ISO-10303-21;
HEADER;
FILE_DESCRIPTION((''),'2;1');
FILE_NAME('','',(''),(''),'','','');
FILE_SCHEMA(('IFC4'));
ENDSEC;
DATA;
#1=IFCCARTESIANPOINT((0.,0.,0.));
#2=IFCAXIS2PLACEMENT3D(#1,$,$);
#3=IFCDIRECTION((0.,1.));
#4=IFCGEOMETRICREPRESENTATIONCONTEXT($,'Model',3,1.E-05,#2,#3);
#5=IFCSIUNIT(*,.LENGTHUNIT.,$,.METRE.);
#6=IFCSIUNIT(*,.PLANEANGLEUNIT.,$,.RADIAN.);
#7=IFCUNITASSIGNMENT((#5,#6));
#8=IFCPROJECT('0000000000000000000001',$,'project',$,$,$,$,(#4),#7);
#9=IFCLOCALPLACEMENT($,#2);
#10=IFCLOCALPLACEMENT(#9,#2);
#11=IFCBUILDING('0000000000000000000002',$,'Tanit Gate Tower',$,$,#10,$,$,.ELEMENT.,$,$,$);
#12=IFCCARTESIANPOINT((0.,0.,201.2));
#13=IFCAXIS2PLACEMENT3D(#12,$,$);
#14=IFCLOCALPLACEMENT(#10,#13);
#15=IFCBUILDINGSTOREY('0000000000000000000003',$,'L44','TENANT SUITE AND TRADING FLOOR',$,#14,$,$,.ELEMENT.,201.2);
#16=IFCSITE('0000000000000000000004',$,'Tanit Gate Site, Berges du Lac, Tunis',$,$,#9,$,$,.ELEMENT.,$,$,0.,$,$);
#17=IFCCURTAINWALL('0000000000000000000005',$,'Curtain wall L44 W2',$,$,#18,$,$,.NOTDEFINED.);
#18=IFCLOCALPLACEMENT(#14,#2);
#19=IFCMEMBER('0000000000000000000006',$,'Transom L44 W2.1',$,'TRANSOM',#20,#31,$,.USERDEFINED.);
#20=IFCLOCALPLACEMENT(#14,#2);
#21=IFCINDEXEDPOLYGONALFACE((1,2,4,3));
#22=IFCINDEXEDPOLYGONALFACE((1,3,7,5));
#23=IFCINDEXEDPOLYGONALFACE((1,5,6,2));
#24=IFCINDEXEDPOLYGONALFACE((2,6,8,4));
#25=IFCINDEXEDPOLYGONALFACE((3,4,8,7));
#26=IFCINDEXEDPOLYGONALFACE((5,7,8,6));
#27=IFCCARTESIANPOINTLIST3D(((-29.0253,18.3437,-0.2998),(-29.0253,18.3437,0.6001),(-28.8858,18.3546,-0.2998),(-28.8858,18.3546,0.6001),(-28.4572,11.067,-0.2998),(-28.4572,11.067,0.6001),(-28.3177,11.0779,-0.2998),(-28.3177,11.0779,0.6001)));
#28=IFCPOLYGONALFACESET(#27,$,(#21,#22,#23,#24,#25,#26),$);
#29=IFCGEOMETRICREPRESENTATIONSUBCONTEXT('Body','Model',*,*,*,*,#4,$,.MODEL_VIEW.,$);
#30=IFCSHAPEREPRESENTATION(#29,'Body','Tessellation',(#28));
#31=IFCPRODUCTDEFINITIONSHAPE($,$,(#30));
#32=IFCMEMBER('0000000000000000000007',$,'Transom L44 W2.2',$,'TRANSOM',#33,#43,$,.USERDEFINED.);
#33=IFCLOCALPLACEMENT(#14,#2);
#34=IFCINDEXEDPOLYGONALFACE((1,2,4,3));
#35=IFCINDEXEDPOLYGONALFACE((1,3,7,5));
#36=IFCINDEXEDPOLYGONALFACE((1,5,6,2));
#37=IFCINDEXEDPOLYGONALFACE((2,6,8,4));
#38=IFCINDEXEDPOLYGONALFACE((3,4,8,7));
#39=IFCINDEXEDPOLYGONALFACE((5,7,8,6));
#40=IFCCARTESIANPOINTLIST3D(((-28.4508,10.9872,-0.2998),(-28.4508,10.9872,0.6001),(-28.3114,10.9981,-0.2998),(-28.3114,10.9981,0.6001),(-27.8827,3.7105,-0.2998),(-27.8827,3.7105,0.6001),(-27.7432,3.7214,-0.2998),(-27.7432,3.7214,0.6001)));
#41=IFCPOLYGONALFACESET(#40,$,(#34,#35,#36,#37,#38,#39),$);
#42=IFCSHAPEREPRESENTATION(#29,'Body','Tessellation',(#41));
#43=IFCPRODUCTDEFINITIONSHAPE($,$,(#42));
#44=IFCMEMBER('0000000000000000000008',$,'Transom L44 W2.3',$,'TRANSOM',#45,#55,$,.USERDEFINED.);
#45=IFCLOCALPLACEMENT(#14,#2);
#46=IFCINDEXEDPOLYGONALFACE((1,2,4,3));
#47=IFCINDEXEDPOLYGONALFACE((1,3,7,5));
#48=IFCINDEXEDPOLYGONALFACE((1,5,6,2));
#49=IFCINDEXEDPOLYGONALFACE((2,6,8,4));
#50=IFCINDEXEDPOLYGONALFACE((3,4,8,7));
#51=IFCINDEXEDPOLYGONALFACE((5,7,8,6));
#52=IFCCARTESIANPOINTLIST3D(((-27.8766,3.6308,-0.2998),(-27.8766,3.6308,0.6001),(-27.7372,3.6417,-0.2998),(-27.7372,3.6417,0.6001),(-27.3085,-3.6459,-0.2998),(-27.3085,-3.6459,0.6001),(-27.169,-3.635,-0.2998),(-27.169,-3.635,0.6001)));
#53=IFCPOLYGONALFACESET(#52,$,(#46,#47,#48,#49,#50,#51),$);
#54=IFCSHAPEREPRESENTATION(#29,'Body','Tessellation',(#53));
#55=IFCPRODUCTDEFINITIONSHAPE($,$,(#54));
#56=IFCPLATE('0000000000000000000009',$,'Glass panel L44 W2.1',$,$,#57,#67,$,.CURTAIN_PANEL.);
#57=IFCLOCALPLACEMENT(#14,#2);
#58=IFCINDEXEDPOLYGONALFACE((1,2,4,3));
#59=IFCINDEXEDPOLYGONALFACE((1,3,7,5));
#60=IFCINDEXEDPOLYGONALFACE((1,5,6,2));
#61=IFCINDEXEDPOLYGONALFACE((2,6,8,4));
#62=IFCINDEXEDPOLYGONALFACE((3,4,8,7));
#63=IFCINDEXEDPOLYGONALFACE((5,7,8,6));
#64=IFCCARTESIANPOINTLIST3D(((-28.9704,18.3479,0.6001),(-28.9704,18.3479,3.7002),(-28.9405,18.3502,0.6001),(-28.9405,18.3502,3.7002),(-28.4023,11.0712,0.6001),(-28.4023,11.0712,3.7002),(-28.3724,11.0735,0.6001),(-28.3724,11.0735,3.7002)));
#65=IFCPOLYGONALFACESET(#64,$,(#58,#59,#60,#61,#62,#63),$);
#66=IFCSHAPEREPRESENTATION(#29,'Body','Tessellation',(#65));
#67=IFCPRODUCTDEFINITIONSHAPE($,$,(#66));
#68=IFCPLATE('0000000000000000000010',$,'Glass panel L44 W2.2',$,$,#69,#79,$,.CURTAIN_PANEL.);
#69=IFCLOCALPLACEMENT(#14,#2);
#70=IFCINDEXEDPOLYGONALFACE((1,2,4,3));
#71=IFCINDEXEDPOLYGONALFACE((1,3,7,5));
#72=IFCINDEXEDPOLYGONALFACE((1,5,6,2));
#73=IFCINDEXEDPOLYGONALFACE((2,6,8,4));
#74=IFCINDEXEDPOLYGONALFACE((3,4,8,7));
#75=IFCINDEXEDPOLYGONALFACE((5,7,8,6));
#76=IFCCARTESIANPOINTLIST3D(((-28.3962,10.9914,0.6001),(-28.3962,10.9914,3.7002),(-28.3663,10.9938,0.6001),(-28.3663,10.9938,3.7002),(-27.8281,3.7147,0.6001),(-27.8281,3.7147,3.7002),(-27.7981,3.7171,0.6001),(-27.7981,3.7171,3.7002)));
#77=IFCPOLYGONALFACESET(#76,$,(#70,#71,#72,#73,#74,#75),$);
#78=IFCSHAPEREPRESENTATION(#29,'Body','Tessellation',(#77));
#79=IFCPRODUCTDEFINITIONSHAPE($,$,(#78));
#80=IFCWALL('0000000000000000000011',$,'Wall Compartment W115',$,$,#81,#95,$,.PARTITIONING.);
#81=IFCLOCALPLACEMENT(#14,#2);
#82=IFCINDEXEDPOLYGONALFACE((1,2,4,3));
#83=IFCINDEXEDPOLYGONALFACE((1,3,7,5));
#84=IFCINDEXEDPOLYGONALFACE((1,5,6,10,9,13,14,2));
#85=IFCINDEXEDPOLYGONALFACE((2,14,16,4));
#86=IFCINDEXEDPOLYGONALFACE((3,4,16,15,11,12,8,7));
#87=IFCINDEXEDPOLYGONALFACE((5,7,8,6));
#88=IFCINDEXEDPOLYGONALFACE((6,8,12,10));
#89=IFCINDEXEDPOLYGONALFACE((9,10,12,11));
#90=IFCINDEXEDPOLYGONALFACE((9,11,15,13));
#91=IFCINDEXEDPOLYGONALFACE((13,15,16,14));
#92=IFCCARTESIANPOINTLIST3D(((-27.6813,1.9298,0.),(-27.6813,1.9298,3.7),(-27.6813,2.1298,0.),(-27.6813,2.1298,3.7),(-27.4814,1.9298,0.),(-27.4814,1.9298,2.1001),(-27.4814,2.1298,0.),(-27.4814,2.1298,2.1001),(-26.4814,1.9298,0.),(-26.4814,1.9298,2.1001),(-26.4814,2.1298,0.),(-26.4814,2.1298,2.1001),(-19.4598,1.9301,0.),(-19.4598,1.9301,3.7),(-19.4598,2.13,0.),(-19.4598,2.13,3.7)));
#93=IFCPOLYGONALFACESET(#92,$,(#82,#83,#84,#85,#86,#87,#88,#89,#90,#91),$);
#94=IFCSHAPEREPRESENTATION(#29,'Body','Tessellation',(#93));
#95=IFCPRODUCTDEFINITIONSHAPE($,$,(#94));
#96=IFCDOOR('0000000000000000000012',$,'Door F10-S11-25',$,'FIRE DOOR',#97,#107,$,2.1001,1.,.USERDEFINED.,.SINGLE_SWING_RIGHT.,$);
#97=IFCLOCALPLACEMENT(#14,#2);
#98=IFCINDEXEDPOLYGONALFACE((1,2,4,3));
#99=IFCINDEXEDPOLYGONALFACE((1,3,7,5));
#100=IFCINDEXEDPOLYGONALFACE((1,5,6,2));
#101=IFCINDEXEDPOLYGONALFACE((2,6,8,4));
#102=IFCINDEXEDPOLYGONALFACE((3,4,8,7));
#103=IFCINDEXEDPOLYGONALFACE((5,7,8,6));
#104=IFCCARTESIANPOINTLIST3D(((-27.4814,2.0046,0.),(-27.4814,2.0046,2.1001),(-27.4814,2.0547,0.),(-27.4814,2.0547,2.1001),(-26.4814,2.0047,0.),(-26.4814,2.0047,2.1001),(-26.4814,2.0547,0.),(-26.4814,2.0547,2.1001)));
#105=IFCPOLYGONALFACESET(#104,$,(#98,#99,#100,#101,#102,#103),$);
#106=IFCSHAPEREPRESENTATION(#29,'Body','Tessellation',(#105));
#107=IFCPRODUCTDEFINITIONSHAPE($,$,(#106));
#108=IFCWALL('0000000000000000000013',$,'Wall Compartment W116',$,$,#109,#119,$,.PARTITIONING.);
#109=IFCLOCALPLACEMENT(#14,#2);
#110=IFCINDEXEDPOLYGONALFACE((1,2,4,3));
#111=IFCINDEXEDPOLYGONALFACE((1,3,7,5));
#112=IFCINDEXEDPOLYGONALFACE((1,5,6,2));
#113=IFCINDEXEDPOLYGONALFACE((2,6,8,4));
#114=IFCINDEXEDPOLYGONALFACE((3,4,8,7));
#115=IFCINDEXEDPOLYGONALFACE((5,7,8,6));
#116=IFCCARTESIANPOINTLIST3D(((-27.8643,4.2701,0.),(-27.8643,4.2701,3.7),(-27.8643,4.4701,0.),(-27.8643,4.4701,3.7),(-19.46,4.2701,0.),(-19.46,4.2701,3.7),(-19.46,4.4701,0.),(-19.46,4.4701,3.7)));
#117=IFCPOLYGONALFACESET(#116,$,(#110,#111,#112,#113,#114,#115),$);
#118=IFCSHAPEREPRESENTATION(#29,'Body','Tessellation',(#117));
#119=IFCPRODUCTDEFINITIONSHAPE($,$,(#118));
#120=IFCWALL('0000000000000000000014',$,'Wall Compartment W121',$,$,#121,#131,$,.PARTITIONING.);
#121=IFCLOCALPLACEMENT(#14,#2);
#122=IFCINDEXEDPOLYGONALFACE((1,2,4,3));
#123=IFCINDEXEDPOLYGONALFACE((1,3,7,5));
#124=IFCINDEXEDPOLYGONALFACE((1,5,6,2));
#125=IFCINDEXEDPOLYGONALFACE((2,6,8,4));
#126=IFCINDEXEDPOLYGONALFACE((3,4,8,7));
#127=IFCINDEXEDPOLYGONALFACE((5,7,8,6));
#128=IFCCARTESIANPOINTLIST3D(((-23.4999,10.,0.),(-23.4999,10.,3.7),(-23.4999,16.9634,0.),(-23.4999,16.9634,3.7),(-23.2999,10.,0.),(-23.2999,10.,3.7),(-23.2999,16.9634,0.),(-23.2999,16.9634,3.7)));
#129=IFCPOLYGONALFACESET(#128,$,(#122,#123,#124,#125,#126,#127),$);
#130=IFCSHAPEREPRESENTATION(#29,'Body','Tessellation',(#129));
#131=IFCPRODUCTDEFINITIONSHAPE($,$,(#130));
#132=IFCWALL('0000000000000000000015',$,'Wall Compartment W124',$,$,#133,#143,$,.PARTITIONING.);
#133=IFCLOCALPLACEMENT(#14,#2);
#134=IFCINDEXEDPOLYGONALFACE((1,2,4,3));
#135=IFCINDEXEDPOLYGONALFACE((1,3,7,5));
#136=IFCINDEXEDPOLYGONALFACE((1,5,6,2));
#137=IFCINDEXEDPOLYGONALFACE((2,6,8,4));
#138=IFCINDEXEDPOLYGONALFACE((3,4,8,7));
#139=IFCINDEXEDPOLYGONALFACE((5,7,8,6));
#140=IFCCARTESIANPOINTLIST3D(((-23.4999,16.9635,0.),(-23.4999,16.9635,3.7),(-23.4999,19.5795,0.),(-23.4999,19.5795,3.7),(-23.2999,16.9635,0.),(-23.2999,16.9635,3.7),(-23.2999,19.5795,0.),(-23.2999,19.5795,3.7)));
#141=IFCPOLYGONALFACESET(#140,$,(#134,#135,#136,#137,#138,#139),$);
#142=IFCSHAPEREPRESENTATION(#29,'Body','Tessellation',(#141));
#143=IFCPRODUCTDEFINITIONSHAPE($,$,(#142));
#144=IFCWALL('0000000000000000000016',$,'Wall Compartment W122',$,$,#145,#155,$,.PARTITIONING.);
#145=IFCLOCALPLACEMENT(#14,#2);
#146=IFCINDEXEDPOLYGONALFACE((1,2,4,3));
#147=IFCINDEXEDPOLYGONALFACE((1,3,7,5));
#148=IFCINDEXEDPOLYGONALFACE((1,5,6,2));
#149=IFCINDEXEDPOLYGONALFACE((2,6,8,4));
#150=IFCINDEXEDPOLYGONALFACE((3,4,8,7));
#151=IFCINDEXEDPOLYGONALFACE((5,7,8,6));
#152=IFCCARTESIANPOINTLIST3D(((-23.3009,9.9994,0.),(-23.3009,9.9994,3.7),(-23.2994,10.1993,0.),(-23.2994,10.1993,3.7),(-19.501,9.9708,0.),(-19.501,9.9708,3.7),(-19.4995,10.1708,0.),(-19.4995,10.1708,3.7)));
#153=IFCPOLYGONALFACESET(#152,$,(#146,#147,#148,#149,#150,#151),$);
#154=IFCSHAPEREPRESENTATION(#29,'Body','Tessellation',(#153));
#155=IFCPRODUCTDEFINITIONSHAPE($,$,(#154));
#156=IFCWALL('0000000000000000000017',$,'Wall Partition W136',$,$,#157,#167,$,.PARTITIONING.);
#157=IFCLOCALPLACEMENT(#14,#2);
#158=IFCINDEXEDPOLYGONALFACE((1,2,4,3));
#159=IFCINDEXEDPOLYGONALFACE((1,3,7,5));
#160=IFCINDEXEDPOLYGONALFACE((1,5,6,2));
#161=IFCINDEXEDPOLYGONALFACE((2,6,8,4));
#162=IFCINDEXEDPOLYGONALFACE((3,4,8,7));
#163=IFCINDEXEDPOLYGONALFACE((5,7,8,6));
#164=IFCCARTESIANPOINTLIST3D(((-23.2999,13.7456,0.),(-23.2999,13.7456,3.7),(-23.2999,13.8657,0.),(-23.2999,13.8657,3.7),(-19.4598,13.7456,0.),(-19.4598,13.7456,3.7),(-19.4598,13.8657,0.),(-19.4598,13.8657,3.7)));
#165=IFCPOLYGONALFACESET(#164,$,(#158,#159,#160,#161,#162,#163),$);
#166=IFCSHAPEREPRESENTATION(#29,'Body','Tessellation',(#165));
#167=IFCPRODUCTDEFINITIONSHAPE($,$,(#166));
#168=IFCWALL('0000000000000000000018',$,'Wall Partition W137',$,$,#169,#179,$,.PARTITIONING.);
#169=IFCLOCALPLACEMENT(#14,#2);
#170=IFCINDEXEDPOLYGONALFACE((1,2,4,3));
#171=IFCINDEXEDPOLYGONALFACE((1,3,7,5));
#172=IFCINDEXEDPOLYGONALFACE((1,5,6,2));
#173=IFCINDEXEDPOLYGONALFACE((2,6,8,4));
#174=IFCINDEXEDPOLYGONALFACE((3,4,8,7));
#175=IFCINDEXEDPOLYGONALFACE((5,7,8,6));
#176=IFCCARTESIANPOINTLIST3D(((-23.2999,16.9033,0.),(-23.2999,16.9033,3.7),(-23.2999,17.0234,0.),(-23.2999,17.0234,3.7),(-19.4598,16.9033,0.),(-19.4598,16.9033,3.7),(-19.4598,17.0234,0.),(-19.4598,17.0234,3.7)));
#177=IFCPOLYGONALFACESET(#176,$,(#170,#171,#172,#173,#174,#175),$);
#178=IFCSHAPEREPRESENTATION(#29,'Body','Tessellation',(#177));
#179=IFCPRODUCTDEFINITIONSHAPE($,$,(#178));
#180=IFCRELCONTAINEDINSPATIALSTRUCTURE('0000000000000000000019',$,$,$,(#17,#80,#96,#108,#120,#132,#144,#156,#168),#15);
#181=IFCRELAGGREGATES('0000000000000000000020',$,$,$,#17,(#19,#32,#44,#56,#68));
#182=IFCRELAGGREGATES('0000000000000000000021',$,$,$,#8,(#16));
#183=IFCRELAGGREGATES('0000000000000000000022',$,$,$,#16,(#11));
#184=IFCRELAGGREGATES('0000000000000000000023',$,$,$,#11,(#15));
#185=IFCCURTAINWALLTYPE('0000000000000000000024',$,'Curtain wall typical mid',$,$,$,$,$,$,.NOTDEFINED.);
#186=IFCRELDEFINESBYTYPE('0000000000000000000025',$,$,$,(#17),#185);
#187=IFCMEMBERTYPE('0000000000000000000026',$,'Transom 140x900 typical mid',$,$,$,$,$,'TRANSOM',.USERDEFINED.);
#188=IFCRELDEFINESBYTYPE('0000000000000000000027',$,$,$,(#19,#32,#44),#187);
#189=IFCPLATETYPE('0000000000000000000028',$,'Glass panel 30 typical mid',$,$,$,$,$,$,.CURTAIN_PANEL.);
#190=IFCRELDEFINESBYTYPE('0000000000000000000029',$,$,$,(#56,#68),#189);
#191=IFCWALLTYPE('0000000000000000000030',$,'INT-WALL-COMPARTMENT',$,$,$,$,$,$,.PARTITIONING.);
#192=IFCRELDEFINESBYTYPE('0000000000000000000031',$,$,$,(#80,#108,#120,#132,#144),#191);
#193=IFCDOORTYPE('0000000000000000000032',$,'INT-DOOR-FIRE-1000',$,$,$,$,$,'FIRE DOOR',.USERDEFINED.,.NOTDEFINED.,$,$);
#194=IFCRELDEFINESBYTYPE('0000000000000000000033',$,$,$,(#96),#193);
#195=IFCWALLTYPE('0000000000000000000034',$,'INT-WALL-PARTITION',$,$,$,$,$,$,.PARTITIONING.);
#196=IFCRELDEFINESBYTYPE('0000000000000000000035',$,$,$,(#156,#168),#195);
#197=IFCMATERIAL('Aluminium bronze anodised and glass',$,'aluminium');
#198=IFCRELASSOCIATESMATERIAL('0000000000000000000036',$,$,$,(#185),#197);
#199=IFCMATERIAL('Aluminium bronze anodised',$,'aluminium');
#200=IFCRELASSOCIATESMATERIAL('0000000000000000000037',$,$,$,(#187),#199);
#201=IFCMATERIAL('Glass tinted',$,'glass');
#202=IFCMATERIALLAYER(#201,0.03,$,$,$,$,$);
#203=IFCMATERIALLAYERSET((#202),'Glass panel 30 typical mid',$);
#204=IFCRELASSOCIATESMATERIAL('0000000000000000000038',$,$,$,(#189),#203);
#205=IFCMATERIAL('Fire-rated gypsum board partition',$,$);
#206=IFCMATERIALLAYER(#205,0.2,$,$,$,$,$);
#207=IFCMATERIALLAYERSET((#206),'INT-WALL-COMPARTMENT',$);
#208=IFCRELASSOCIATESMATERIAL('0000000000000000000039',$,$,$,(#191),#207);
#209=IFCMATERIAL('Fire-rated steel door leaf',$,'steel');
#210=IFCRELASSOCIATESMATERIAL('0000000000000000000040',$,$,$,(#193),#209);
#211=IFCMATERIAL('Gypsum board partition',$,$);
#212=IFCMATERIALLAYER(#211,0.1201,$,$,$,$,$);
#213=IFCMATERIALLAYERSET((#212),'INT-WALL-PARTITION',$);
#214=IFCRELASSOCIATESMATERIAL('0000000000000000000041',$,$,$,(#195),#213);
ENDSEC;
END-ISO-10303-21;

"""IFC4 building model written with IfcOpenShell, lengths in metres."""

from ifc_helpers import new_model, si_unit, direction, frame, frame_2d, origin, origin_2d, place, context, subcontext, project, spatial, rectangle, extrude, material, layer, layer_set, material_profile, profile_set, type_object, element, fill, aggregate, save


model = new_model("IFC4")

# Units and contexts
model_context = context("Model", 3, precision=1e-05, world=origin(), true_north=direction((0.0, 1.0)))
body_context = subcontext(model_context, "Body", "Model", "MODEL_VIEW")
ifc_project = project(units=[si_unit("LENGTHUNIT", "METRE"), si_unit("PLANEANGLEUNIT", "RADIAN")], contexts=[model_context])

# Site, building, storey
site_placement = place(None, origin())
site = spatial("IfcSite", under=ifc_project, at=site_placement, Name="Tanit Gate Site, Berges du Lac, Tunis", CompositionType="ELEMENT", RefElevation=0.0)
building_placement = place(site_placement, origin())
building = spatial("IfcBuilding", under=site, at=building_placement, Name="Tanit Gate Tower", CompositionType="ELEMENT")
storey_placement = place(building_placement, frame((0.0, 0.0, 201.2)))
storey = spatial("IfcBuildingStorey", under=building, at=storey_placement, Name="L44", Description="TENANT SUITE AND TRADING FLOOR", CompositionType="ELEMENT", Elevation=201.2)

# Curtain wall
ifc_material_1 = material(Name="Aluminium bronze anodised and glass", Category="aluminium")
curtain_wall_type = type_object("IfcCurtainWallType", Name="Curtain wall typical mid", PredefinedType="NOTDEFINED", material=ifc_material_1)
curtain_wall_1_placement = place(storey_placement, origin())
curtain_wall_1 = element("IfcCurtainWall", 1, at=curtain_wall_1_placement, inside=storey, type_object=curtain_wall_type, Name="Curtain wall L44 W2", PredefinedType="NOTDEFINED")

# Members
ifc_material_2 = material(Name="Aluminium bronze anodised", Category="aluminium")
ifc_material_profile_1 = material_profile(ifc_material_2, rectangle(XDim=0.1399, YDim=0.8999, at=origin_2d()), Name="140x900 bronze transom")
ifc_profile_set_1 = profile_set([ifc_material_profile_1], Name="Aluminium bronze anodised")
member_type_1 = type_object("IfcMemberType", Name="Transom 140x900 typical mid", ElementType="TRANSOM", PredefinedType="USERDEFINED", material=ifc_profile_set_1)
member_1_placement = place(storey_placement, frame((-28.9556, 18.3491, 0.1501), z_axis=(0.077837, -0.996966, 0.0), x_axis=(0.996966, 0.077837, 0.0)))
member_1 = element("IfcMember", 2, at=member_1_placement, type_object=member_type_1, Name="Transom L44 W2.1", ObjectType="TRANSOM", PredefinedType="USERDEFINED", context=body_context, shape_type="SweptSolid", body=[
    extrude(rectangle(XDim=0.1399, YDim=0.8999, at=origin_2d()), origin(), (0.0, 0.0, 1.0), 7.2988),
])
member_2_placement = place(storey_placement, frame((-28.3811, 10.9927, 0.1501), z_axis=(0.077837, -0.996966, 0.0), x_axis=(0.996966, 0.077837, 0.0)))
member_2 = element("IfcMember", 3, at=member_2_placement, type_object=member_type_1, Name="Transom L44 W2.2", ObjectType="TRANSOM", PredefinedType="USERDEFINED", context=body_context, shape_type="SweptSolid", body=[
    extrude(rectangle(XDim=0.1399, YDim=0.8999, at=origin_2d()), origin(), (0.0, 0.0, 1.0), 7.2988),
])
member_3_placement = place(storey_placement, frame((-27.8069, 3.6362, 0.1501), z_axis=(0.077837, -0.996966, 0.0), x_axis=(0.996966, 0.077837, 0.0)))
member_3 = element("IfcMember", 4, at=member_3_placement, type_object=member_type_1, Name="Transom L44 W2.3", ObjectType="TRANSOM", PredefinedType="USERDEFINED", context=body_context, shape_type="SweptSolid", body=[
    extrude(rectangle(XDim=0.1399, YDim=0.8999, at=origin_2d()), origin(), (0.0, 0.0, 1.0), 7.2988),
])

# Plates
ifc_material_3 = material(Name="Glass tinted", Category="glass")
ifc_layer_1 = layer(ifc_material_3, 0.03)
ifc_layer_set_1 = layer_set([ifc_layer_1], Name="Glass panel 30 typical mid")
plate_type = type_object("IfcPlateType", Name="Glass panel 30 typical mid", PredefinedType="CURTAIN_PANEL", material=ifc_layer_set_1)
plate_1_placement = place(storey_placement, frame((-28.6714, 14.7107, 0.6001), z_axis=(0.0, 0.0, 1.0), x_axis=(0.077839, -0.996966, 0.0)))
plate_1 = element("IfcPlate", 5, at=plate_1_placement, type_object=plate_type, Name="Glass panel L44 W2.1", PredefinedType="CURTAIN_PANEL", context=body_context, shape_type="SweptSolid", body=[
    extrude(rectangle(XDim=7.2988, YDim=0.03, at=origin_2d()), origin(), (0.0, 0.0, 1.0), 3.1001),
])
plate_2_placement = place(storey_placement, frame((-28.0972, 7.3542, 0.6001), z_axis=(0.0, 0.0, 1.0), x_axis=(0.077839, -0.996966, 0.0)))
plate_2 = element("IfcPlate", 6, at=plate_2_placement, type_object=plate_type, Name="Glass panel L44 W2.2", PredefinedType="CURTAIN_PANEL", context=body_context, shape_type="SweptSolid", body=[
    extrude(rectangle(XDim=7.2988, YDim=0.03, at=origin_2d()), origin(), (0.0, 0.0, 1.0), 3.1001),
])
aggregate(curtain_wall_1, [member_1, member_2, member_3, plate_1, plate_2])

# Wall, opening, door
ifc_material_4 = material(Name="Fire-rated gypsum board partition")
ifc_layer_2 = layer(ifc_material_4, 0.2)
ifc_layer_set_2 = layer_set([ifc_layer_2], Name="INT-WALL-COMPARTMENT")
wall_type_1 = type_object("IfcWallType", Name="INT-WALL-COMPARTMENT", PredefinedType="PARTITIONING", material=ifc_layer_set_2)
wall_1_placement = place(storey_placement, frame((-27.6814, 2.0298, 0.0), z_axis=(0.0, 0.0, 1.0), x_axis=(1.0, 0.00003, 0.0)))
wall_1 = element("IfcWall", 7, at=wall_1_placement, inside=storey, type_object=wall_type_1, Name="Wall Compartment W115", PredefinedType="PARTITIONING", context=body_context, shape_type="SweptSolid", body=[
    extrude(rectangle(XDim=8.2214, YDim=0.2, at=frame_2d((4.1108, 0.0))), origin(), (0.0, 0.0, 1.0), 3.7),
])
opening_placement = place(wall_1_placement, frame((0.2, 0.0, 0.0)))
opening = element("IfcOpeningElement", 8, at=opening_placement, cuts=wall_1, PredefinedType="OPENING", context=body_context, shape_type="SweptSolid", body=[
    extrude(rectangle(XDim=1.0, YDim=2.1001, at=frame_2d((0.5, 1.05))), frame((0.0, 0.1099, 0.0), z_axis=(0.0, -1.0, 0.0), x_axis=(1.0, 0.0, 0.0)), (0.0, 0.0, 1.0), 0.22),
])
ifc_material_5 = material(Name="Fire-rated steel door leaf", Category="steel")
door_type = type_object("IfcDoorType", Name="INT-DOOR-FIRE-1000", ElementType="FIRE DOOR", OperationType="NOTDEFINED", PredefinedType="USERDEFINED", material=ifc_material_5)
door_placement = place(opening_placement, origin())
door = element("IfcDoor", 9, at=door_placement, inside=storey, type_object=door_type, Name="Door F10-S11-25", ObjectType="FIRE DOOR", OperationType="SINGLE_SWING_RIGHT", OverallHeight=2.1001, OverallWidth=1.0, PredefinedType="USERDEFINED", context=body_context, shape_type="SweptSolid", body=[
    extrude(rectangle(XDim=1.0, YDim=2.1001, at=frame_2d((0.5, 1.05))), frame((0.0, 0.0249, 0.0), z_axis=(0.0, -1.0, 0.0), x_axis=(1.0, 0.0, 0.0)), (0.0, 0.0, 1.0), 0.05),
])
fill(opening, door)

# Walls
wall_2_placement = place(storey_placement, frame((-19.46, 4.3701, 0.0), z_axis=(0.0, 0.0, 1.0), x_axis=(-1.0, 0.0, 0.0)))
element("IfcWall", 10, at=wall_2_placement, inside=storey, type_object=wall_type_1, Name="Wall Compartment W116", PredefinedType="PARTITIONING", context=body_context, shape_type="SweptSolid", body=[
    extrude(rectangle(XDim=8.4043, YDim=0.2, at=frame_2d((4.2021, 0.0))), origin(), (0.0, 0.0, 1.0), 3.7),
])
wall_3_placement = place(storey_placement, frame((-23.3999, 10.0, 0.0), z_axis=(0.0, 0.0, 1.0), x_axis=(0.0, 1.0, 0.0)))
element("IfcWall", 11, at=wall_3_placement, inside=storey, type_object=wall_type_1, Name="Wall Compartment W121", PredefinedType="PARTITIONING", context=body_context, shape_type="SweptSolid", body=[
    extrude(rectangle(XDim=6.9634, YDim=0.2, at=frame_2d((3.4817, 0.0))), origin(), (0.0, 0.0, 1.0), 3.7),
])
wall_4_placement = place(storey_placement, frame((-23.3999, 16.9634, 0.0), z_axis=(0.0, 0.0, 1.0), x_axis=(0.0, 1.0, 0.0)))
element("IfcWall", 12, at=wall_4_placement, inside=storey, type_object=wall_type_1, Name="Wall Compartment W124", PredefinedType="PARTITIONING", context=body_context, shape_type="SweptSolid", body=[
    extrude(rectangle(XDim=2.616, YDim=0.2, at=frame_2d((1.3081, 0.0))), origin(), (0.0, 0.0, 1.0), 3.7),
])
wall_5_placement = place(storey_placement, frame((-23.3, 10.0994, 0.0), z_axis=(0.0, 0.0, 1.0), x_axis=(0.999972, -0.007517, 0.0)))
element("IfcWall", 13, at=wall_5_placement, inside=storey, type_object=wall_type_1, Name="Wall Compartment W122", PredefinedType="PARTITIONING", context=body_context, shape_type="SweptSolid", body=[
    extrude(rectangle(XDim=3.8, YDim=0.2, at=frame_2d((1.8999, 0.0))), origin(), (0.0, 0.0, 1.0), 3.7),
])
ifc_material_6 = material(Name="Gypsum board partition")
ifc_layer_3 = layer(ifc_material_6, 0.1201)
ifc_layer_set_3 = layer_set([ifc_layer_3], Name="INT-WALL-PARTITION")
wall_type_2 = type_object("IfcWallType", Name="INT-WALL-PARTITION", PredefinedType="PARTITIONING", material=ifc_layer_set_3)
for number, where, z_axis, x_axis, name in (
    (14, (-19.46, 13.8057, 0.0), (0.0, 0.0, 1.0), (-1.0, 0.0, 0.0), "Wall Partition W136"),
    (15, (-19.46, 16.9634, 0.0), (0.0, 0.0, 1.0), (-1.0, 0.0, 0.0), "Wall Partition W137"),
):
    element("IfcWall", number, at=place(storey_placement, frame(where, z_axis=z_axis, x_axis=x_axis)), inside=storey, type_object=wall_type_2, Name=name, PredefinedType="PARTITIONING", context=body_context, shape_type="SweptSolid", body=[
        extrude(rectangle(XDim=3.8401, YDim=0.1201, at=frame_2d((1.9199, 0.0))), origin(), (0.0, 0.0, 1.0), 3.7),
    ])

save(model, "model.ifc")
